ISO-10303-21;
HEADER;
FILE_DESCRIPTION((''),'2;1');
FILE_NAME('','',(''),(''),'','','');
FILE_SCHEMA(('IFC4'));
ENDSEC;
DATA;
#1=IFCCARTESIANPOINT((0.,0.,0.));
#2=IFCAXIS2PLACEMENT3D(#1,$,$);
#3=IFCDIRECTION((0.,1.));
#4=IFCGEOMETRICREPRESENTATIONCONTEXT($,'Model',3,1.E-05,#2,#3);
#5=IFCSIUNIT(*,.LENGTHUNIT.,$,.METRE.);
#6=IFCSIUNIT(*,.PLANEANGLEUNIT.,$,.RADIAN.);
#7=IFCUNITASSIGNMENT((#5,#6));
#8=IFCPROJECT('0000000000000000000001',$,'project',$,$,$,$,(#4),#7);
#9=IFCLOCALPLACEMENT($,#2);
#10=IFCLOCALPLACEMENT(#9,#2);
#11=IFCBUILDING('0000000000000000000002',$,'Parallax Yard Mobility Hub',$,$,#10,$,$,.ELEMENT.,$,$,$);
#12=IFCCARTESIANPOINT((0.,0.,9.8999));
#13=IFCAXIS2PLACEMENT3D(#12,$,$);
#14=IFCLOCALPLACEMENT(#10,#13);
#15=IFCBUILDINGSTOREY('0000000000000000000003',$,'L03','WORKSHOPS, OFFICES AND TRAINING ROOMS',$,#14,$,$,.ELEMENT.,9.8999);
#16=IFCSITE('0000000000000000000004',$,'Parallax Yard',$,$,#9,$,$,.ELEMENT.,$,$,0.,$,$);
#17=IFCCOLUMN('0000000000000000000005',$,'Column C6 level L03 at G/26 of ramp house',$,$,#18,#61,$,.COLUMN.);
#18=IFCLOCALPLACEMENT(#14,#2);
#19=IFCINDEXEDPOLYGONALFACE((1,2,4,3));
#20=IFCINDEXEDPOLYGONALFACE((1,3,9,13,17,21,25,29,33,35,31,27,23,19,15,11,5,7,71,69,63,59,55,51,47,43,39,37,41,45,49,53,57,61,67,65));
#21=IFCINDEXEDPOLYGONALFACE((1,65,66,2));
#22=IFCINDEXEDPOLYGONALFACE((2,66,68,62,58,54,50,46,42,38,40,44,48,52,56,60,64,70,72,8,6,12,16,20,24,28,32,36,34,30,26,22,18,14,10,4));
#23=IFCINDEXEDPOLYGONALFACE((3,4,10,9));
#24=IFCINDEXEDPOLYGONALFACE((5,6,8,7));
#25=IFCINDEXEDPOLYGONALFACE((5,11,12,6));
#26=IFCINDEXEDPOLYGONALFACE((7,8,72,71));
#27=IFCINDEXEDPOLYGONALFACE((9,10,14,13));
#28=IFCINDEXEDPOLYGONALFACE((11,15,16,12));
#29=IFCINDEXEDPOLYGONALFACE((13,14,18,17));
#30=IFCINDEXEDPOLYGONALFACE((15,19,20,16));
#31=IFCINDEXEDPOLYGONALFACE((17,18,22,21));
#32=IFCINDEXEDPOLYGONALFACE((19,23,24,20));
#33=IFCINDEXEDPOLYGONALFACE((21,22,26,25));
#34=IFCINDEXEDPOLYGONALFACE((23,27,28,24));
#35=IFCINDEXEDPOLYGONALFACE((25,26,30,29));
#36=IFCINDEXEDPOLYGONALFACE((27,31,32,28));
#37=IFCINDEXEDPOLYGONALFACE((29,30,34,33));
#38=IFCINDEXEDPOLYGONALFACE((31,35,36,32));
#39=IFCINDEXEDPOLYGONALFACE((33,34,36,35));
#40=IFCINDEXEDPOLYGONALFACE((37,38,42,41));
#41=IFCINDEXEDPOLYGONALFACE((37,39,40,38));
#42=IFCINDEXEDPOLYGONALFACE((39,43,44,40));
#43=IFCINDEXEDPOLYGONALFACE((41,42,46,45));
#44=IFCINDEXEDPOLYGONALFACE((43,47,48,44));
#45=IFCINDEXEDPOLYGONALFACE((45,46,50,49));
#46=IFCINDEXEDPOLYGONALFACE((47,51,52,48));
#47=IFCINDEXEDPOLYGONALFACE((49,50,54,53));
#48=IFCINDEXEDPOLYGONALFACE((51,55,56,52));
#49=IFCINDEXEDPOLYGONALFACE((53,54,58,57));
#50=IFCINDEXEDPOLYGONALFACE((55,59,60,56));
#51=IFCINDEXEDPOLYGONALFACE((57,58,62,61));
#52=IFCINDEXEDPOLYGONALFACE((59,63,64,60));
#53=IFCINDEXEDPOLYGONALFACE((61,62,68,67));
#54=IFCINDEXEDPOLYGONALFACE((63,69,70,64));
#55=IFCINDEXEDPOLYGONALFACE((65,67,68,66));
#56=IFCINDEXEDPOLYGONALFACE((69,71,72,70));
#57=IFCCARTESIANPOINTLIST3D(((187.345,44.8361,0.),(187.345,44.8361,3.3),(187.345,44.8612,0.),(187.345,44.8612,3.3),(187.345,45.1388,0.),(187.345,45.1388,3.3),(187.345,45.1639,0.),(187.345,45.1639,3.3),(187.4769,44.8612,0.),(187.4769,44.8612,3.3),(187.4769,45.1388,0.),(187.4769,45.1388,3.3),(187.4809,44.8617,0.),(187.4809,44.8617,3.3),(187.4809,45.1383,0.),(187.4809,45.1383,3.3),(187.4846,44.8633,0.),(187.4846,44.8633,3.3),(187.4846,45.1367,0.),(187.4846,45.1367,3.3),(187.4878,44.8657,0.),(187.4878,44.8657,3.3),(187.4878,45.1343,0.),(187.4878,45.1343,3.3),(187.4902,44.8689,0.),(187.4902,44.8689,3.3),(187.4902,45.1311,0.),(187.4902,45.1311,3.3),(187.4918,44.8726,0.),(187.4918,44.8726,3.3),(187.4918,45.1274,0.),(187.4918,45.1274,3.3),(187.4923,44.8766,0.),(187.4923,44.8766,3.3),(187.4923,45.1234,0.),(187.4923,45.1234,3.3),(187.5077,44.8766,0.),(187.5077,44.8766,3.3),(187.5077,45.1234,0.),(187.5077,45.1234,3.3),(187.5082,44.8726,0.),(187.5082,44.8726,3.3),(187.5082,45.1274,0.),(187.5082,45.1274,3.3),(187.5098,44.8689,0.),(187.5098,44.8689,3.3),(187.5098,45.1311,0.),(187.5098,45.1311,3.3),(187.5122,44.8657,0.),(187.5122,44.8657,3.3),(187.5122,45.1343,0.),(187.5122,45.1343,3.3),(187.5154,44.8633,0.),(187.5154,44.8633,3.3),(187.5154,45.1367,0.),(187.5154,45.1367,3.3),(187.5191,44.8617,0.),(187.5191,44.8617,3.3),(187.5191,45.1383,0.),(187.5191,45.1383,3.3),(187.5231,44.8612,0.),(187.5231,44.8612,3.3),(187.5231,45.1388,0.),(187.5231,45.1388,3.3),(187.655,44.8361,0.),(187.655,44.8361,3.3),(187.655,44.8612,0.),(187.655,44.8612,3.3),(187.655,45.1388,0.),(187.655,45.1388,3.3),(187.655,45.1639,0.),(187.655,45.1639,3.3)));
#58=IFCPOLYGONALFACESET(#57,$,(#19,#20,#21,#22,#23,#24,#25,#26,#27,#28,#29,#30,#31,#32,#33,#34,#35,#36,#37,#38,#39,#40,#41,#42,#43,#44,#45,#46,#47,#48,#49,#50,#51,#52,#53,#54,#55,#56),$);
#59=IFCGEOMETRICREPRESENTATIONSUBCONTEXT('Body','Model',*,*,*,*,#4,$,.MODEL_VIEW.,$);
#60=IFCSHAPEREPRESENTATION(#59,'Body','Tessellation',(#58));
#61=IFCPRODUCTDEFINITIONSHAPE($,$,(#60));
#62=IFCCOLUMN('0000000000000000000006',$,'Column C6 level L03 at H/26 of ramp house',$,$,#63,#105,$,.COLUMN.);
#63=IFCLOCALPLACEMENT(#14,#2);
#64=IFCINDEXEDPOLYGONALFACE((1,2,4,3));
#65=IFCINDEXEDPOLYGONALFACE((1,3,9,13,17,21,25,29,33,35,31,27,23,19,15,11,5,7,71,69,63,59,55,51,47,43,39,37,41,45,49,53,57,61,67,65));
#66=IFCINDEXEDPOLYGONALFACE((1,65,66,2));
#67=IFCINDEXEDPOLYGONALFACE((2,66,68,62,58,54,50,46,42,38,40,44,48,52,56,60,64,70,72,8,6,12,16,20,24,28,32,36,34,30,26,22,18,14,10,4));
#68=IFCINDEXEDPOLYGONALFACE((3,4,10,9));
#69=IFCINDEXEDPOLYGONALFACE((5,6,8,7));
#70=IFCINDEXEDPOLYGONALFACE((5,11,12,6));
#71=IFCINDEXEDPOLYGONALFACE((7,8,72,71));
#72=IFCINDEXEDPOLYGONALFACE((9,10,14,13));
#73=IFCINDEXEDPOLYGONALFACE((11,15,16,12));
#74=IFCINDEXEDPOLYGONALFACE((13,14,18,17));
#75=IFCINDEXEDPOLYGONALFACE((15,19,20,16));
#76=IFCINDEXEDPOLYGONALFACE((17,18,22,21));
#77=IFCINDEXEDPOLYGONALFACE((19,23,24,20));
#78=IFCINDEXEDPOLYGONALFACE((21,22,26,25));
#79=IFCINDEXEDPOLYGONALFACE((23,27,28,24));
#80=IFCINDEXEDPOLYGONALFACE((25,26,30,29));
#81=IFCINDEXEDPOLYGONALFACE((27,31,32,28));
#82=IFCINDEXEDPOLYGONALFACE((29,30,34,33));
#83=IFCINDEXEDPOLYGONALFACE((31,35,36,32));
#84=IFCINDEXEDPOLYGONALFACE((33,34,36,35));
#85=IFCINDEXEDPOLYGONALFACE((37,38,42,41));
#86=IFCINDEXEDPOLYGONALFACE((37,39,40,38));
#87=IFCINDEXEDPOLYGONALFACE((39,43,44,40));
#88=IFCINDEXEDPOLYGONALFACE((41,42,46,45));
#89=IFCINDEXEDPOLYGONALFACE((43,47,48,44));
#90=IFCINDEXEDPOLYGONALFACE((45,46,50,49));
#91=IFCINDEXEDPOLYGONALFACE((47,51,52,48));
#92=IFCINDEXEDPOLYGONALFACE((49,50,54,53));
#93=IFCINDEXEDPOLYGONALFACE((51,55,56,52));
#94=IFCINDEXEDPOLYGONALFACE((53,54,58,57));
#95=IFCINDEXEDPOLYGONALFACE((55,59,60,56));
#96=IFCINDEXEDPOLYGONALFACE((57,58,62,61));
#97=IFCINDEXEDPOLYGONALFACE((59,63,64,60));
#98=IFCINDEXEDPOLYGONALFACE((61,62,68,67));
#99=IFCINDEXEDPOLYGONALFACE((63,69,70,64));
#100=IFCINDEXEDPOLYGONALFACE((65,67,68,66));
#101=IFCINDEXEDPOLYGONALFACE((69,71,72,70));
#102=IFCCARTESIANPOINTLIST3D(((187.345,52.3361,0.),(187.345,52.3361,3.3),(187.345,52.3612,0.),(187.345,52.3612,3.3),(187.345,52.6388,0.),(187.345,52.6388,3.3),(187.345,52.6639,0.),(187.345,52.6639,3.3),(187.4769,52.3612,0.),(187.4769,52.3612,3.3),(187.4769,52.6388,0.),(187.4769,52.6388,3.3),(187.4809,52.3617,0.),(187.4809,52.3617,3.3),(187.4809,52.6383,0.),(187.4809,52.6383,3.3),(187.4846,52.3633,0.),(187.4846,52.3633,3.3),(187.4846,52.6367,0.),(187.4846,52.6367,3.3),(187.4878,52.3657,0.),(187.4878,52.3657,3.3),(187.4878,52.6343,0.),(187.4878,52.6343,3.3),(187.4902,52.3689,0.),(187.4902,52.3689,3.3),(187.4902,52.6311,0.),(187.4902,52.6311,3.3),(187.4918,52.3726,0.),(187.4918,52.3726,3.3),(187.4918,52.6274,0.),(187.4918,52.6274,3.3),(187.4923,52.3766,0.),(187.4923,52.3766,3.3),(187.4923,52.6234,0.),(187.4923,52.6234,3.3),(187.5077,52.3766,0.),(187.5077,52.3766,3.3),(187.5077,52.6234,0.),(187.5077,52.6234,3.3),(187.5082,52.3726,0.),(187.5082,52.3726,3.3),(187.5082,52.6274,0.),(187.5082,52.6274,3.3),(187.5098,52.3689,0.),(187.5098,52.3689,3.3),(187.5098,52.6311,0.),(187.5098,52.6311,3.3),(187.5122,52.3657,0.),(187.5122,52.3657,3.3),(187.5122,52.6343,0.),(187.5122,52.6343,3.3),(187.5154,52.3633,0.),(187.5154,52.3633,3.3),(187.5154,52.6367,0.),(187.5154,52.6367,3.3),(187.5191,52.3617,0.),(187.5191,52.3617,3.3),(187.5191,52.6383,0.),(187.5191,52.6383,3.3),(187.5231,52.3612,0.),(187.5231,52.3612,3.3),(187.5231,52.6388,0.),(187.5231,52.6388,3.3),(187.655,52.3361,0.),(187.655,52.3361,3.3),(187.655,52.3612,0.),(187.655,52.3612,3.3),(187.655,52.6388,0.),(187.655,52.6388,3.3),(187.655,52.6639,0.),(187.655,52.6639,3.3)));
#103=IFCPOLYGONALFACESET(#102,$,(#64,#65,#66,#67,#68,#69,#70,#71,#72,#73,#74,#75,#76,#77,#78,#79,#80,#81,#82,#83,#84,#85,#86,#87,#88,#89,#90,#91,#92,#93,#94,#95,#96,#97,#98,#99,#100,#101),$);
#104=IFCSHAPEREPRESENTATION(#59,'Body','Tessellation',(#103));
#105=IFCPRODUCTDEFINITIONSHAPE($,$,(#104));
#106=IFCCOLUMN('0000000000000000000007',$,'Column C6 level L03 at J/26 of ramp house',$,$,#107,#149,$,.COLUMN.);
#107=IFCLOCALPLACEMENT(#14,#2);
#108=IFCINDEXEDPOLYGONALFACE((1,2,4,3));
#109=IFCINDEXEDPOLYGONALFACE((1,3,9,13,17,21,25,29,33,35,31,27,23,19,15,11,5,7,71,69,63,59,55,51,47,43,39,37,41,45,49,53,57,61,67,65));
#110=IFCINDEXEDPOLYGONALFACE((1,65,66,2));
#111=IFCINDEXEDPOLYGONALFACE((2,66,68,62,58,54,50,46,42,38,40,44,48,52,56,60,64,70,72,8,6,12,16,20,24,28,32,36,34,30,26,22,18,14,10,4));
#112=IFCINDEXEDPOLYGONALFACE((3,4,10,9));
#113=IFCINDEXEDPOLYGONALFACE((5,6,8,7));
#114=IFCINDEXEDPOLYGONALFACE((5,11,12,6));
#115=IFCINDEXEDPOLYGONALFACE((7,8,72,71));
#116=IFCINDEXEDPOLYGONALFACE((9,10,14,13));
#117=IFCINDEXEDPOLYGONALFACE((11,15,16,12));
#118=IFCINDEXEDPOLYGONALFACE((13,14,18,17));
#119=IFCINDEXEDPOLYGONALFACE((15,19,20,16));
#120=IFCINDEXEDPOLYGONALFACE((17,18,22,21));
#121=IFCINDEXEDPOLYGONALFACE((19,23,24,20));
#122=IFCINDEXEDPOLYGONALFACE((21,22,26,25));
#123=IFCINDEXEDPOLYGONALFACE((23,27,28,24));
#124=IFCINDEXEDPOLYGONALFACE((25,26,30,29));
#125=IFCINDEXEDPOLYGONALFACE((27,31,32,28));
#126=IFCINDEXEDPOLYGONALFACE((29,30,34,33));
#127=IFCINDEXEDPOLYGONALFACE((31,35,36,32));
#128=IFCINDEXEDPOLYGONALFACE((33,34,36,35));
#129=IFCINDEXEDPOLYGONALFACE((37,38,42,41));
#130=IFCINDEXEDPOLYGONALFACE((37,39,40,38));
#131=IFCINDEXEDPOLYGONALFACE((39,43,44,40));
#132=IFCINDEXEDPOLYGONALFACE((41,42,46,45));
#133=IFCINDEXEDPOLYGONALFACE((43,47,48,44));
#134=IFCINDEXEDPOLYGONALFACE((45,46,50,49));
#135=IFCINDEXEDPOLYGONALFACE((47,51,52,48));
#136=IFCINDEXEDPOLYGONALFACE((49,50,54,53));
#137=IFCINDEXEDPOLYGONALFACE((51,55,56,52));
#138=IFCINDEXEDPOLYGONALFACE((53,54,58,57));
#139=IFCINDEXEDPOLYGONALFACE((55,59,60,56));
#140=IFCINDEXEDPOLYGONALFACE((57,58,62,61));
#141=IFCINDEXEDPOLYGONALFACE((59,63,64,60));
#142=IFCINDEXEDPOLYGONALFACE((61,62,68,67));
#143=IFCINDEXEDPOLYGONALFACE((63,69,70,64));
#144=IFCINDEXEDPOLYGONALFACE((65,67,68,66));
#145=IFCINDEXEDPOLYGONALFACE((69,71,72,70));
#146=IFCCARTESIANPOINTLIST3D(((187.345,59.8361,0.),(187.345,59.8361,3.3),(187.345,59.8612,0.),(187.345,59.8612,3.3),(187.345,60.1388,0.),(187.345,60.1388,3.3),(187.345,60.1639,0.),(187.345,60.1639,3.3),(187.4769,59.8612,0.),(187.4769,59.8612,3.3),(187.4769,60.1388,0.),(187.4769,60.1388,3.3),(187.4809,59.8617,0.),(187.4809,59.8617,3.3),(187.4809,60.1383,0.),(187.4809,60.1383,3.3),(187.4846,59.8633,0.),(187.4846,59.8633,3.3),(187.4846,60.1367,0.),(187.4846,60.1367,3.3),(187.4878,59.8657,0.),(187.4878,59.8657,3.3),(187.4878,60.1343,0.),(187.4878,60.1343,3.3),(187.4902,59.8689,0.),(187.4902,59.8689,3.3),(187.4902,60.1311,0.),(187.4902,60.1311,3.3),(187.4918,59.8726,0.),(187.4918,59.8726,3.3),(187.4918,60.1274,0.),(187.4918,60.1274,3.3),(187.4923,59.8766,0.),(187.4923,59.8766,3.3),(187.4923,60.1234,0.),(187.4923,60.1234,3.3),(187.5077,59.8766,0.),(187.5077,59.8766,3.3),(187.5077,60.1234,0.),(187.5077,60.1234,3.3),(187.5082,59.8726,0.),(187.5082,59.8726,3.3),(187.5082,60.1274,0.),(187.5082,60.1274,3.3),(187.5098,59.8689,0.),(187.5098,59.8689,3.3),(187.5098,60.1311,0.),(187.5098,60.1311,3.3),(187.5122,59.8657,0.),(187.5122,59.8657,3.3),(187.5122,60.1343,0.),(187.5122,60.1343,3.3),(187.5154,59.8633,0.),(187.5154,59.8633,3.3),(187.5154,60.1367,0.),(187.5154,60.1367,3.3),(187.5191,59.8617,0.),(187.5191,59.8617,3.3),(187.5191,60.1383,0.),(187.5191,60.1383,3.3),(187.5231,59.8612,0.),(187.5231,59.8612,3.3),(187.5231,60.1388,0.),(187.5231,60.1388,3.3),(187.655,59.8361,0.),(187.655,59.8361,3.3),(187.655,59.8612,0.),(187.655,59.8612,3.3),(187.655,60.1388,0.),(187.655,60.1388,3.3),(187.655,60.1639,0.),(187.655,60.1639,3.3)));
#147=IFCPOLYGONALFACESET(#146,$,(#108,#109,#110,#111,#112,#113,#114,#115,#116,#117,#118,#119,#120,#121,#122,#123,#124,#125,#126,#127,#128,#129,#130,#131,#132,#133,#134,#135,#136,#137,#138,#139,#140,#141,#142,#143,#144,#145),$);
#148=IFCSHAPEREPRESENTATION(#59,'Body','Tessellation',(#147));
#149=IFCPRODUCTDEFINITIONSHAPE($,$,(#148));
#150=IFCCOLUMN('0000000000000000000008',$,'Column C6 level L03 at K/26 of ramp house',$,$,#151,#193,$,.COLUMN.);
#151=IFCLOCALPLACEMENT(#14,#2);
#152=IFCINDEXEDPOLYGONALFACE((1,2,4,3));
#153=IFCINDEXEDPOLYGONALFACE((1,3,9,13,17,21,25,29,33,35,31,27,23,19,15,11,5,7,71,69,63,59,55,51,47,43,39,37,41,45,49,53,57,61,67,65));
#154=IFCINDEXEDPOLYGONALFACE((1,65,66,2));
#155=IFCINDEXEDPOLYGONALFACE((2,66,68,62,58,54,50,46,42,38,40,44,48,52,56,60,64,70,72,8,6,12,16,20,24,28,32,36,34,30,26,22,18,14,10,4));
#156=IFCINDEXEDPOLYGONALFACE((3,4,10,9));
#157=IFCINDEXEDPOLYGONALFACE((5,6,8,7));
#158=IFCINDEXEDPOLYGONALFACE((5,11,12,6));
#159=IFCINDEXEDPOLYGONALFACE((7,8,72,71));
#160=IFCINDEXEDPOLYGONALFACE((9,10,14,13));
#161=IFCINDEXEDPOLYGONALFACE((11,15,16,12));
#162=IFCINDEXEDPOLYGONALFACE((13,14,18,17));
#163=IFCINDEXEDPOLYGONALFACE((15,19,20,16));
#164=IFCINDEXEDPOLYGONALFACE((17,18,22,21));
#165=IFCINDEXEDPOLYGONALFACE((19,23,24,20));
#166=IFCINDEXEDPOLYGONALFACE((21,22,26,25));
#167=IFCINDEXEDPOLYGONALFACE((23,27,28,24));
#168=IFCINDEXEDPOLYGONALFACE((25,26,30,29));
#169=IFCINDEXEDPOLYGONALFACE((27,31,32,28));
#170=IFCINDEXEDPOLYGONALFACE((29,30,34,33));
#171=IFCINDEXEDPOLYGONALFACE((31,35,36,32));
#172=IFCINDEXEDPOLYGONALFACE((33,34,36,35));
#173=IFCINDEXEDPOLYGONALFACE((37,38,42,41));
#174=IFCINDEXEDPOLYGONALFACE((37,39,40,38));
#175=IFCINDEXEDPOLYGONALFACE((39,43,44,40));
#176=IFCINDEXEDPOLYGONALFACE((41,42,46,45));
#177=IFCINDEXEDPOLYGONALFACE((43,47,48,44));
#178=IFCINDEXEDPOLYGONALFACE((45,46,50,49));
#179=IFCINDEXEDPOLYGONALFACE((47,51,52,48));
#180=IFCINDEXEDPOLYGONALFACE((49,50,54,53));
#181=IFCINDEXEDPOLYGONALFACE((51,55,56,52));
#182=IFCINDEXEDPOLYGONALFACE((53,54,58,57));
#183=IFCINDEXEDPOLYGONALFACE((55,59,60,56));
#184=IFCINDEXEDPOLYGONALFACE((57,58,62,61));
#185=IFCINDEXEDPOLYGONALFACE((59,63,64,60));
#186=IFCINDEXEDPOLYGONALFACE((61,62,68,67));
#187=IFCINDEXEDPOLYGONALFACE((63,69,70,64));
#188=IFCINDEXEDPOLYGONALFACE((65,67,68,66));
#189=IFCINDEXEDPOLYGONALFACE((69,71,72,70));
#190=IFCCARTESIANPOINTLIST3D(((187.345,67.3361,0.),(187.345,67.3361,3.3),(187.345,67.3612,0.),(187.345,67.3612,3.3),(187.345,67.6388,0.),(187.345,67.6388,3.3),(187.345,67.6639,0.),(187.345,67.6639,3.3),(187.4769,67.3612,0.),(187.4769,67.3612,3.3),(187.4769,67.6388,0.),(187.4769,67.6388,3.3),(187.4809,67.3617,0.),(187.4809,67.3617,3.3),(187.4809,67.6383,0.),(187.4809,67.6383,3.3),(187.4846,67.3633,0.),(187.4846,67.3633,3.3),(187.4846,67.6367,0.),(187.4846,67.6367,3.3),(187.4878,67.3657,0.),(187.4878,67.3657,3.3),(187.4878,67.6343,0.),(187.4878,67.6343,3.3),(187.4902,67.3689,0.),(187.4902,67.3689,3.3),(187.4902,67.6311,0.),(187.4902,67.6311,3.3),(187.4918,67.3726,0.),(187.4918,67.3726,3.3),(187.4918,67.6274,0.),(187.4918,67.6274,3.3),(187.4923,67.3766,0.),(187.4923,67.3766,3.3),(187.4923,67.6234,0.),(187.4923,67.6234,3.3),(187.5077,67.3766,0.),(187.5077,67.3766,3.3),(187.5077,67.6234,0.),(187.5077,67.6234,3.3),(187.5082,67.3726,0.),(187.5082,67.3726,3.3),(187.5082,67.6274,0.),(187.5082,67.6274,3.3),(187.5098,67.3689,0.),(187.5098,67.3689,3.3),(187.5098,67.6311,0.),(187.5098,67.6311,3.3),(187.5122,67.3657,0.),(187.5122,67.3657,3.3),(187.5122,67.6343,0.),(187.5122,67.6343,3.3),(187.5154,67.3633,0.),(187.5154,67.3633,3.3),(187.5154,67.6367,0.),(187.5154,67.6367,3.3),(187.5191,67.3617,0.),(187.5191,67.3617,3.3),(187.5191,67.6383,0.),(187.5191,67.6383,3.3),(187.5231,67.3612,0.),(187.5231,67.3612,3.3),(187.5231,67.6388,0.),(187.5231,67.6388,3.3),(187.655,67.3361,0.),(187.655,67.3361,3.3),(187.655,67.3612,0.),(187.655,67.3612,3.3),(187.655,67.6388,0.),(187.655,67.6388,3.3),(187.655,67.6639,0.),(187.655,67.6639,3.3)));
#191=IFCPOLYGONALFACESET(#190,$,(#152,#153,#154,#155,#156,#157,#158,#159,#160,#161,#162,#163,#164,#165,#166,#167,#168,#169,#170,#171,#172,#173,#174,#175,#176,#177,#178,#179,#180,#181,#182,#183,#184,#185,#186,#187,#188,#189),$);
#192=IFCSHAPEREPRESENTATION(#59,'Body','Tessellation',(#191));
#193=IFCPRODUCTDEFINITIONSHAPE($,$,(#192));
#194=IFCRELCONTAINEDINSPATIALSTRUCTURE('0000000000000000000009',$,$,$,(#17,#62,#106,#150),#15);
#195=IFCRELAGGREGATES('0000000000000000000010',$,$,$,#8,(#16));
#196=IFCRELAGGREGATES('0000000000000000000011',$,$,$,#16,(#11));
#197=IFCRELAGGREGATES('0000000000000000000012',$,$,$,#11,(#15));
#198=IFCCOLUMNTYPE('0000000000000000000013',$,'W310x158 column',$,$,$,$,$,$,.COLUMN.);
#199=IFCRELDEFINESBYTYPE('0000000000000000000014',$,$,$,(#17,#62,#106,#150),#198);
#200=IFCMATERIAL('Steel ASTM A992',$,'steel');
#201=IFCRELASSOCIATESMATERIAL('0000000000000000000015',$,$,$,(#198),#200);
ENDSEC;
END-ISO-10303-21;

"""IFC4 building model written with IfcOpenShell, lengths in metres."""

from ifc_helpers import new_model, si_unit, direction, frame, origin, origin_2d, place, context, subcontext, project, spatial, i_section, extrude, material, material_profile, profile_set, type_object, element, save


model = new_model("IFC4")

# Units and contexts
model_context = context("Model", 3, precision=1e-05, world=origin(), true_north=direction((0.0, 1.0)))
body_context = subcontext(model_context, "Body", "Model", "MODEL_VIEW")
ifc_project = project(units=[si_unit("LENGTHUNIT", "METRE"), si_unit("PLANEANGLEUNIT", "RADIAN")], contexts=[model_context])

# Site, building, storey
site_placement = place(None, origin())
site = spatial("IfcSite", under=ifc_project, at=site_placement, Name="Parallax Yard", CompositionType="ELEMENT", RefElevation=0.0)
building_placement = place(site_placement, origin())
building = spatial("IfcBuilding", under=site, at=building_placement, Name="Parallax Yard Mobility Hub", CompositionType="ELEMENT")
storey_placement = place(building_placement, frame((0.0, 0.0, 9.8999)))
storey = spatial("IfcBuildingStorey", under=building, at=storey_placement, Name="L03", Description="WORKSHOPS, OFFICES AND TRAINING ROOMS", CompositionType="ELEMENT", Elevation=9.8999)

# Columns
ifc_material_1 = material(Name="Steel ASTM A992", Category="steel")
ifc_material_profile_1 = material_profile(ifc_material_1, i_section(OverallWidth=0.3101, OverallDepth=0.3279, WebThickness=0.0154, FlangeThickness=0.0251, FilletRadius=0.0154, at=origin_2d()), Name="W310x158")
ifc_profile_set_1 = profile_set([ifc_material_profile_1], Name="Steel ASTM A992")
column_type = type_object("IfcColumnType", Name="W310x158 column", PredefinedType="COLUMN", material=ifc_profile_set_1)
for number, where, z_axis, x_axis, name in (
    (1, (187.5, 45.0, 0.0), (0.0, 0.0, 1.0), (1.0, 0.0, 0.0), "Column C6 level L03 at G/26 of ramp house"),
    (2, (187.5, 52.5, 0.0), (0.0, 0.0, 1.0), (1.0, 0.0, 0.0), "Column C6 level L03 at H/26 of ramp house"),
    (3, (187.5, 60.0, 0.0), (0.0, 0.0, 1.0), (1.0, 0.0, 0.0), "Column C6 level L03 at J/26 of ramp house"),
    (4, (187.5, 67.5, 0.0), (0.0, 0.0, 1.0), (1.0, 0.0, 0.0), "Column C6 level L03 at K/26 of ramp house"),
):
    element("IfcColumn", number, at=place(storey_placement, frame(where, z_axis=z_axis, x_axis=x_axis)), inside=storey, type_object=column_type, Name=name, PredefinedType="COLUMN", context=body_context, shape_type="SweptSolid", body=[
        extrude(i_section(OverallWidth=0.3101, OverallDepth=0.3279, WebThickness=0.0154, FlangeThickness=0.0251, FilletRadius=0.0154, at=origin_2d()), origin(), (0.0, 0.0, 1.0), 3.3),
    ])

save(model, "model.ifc")
